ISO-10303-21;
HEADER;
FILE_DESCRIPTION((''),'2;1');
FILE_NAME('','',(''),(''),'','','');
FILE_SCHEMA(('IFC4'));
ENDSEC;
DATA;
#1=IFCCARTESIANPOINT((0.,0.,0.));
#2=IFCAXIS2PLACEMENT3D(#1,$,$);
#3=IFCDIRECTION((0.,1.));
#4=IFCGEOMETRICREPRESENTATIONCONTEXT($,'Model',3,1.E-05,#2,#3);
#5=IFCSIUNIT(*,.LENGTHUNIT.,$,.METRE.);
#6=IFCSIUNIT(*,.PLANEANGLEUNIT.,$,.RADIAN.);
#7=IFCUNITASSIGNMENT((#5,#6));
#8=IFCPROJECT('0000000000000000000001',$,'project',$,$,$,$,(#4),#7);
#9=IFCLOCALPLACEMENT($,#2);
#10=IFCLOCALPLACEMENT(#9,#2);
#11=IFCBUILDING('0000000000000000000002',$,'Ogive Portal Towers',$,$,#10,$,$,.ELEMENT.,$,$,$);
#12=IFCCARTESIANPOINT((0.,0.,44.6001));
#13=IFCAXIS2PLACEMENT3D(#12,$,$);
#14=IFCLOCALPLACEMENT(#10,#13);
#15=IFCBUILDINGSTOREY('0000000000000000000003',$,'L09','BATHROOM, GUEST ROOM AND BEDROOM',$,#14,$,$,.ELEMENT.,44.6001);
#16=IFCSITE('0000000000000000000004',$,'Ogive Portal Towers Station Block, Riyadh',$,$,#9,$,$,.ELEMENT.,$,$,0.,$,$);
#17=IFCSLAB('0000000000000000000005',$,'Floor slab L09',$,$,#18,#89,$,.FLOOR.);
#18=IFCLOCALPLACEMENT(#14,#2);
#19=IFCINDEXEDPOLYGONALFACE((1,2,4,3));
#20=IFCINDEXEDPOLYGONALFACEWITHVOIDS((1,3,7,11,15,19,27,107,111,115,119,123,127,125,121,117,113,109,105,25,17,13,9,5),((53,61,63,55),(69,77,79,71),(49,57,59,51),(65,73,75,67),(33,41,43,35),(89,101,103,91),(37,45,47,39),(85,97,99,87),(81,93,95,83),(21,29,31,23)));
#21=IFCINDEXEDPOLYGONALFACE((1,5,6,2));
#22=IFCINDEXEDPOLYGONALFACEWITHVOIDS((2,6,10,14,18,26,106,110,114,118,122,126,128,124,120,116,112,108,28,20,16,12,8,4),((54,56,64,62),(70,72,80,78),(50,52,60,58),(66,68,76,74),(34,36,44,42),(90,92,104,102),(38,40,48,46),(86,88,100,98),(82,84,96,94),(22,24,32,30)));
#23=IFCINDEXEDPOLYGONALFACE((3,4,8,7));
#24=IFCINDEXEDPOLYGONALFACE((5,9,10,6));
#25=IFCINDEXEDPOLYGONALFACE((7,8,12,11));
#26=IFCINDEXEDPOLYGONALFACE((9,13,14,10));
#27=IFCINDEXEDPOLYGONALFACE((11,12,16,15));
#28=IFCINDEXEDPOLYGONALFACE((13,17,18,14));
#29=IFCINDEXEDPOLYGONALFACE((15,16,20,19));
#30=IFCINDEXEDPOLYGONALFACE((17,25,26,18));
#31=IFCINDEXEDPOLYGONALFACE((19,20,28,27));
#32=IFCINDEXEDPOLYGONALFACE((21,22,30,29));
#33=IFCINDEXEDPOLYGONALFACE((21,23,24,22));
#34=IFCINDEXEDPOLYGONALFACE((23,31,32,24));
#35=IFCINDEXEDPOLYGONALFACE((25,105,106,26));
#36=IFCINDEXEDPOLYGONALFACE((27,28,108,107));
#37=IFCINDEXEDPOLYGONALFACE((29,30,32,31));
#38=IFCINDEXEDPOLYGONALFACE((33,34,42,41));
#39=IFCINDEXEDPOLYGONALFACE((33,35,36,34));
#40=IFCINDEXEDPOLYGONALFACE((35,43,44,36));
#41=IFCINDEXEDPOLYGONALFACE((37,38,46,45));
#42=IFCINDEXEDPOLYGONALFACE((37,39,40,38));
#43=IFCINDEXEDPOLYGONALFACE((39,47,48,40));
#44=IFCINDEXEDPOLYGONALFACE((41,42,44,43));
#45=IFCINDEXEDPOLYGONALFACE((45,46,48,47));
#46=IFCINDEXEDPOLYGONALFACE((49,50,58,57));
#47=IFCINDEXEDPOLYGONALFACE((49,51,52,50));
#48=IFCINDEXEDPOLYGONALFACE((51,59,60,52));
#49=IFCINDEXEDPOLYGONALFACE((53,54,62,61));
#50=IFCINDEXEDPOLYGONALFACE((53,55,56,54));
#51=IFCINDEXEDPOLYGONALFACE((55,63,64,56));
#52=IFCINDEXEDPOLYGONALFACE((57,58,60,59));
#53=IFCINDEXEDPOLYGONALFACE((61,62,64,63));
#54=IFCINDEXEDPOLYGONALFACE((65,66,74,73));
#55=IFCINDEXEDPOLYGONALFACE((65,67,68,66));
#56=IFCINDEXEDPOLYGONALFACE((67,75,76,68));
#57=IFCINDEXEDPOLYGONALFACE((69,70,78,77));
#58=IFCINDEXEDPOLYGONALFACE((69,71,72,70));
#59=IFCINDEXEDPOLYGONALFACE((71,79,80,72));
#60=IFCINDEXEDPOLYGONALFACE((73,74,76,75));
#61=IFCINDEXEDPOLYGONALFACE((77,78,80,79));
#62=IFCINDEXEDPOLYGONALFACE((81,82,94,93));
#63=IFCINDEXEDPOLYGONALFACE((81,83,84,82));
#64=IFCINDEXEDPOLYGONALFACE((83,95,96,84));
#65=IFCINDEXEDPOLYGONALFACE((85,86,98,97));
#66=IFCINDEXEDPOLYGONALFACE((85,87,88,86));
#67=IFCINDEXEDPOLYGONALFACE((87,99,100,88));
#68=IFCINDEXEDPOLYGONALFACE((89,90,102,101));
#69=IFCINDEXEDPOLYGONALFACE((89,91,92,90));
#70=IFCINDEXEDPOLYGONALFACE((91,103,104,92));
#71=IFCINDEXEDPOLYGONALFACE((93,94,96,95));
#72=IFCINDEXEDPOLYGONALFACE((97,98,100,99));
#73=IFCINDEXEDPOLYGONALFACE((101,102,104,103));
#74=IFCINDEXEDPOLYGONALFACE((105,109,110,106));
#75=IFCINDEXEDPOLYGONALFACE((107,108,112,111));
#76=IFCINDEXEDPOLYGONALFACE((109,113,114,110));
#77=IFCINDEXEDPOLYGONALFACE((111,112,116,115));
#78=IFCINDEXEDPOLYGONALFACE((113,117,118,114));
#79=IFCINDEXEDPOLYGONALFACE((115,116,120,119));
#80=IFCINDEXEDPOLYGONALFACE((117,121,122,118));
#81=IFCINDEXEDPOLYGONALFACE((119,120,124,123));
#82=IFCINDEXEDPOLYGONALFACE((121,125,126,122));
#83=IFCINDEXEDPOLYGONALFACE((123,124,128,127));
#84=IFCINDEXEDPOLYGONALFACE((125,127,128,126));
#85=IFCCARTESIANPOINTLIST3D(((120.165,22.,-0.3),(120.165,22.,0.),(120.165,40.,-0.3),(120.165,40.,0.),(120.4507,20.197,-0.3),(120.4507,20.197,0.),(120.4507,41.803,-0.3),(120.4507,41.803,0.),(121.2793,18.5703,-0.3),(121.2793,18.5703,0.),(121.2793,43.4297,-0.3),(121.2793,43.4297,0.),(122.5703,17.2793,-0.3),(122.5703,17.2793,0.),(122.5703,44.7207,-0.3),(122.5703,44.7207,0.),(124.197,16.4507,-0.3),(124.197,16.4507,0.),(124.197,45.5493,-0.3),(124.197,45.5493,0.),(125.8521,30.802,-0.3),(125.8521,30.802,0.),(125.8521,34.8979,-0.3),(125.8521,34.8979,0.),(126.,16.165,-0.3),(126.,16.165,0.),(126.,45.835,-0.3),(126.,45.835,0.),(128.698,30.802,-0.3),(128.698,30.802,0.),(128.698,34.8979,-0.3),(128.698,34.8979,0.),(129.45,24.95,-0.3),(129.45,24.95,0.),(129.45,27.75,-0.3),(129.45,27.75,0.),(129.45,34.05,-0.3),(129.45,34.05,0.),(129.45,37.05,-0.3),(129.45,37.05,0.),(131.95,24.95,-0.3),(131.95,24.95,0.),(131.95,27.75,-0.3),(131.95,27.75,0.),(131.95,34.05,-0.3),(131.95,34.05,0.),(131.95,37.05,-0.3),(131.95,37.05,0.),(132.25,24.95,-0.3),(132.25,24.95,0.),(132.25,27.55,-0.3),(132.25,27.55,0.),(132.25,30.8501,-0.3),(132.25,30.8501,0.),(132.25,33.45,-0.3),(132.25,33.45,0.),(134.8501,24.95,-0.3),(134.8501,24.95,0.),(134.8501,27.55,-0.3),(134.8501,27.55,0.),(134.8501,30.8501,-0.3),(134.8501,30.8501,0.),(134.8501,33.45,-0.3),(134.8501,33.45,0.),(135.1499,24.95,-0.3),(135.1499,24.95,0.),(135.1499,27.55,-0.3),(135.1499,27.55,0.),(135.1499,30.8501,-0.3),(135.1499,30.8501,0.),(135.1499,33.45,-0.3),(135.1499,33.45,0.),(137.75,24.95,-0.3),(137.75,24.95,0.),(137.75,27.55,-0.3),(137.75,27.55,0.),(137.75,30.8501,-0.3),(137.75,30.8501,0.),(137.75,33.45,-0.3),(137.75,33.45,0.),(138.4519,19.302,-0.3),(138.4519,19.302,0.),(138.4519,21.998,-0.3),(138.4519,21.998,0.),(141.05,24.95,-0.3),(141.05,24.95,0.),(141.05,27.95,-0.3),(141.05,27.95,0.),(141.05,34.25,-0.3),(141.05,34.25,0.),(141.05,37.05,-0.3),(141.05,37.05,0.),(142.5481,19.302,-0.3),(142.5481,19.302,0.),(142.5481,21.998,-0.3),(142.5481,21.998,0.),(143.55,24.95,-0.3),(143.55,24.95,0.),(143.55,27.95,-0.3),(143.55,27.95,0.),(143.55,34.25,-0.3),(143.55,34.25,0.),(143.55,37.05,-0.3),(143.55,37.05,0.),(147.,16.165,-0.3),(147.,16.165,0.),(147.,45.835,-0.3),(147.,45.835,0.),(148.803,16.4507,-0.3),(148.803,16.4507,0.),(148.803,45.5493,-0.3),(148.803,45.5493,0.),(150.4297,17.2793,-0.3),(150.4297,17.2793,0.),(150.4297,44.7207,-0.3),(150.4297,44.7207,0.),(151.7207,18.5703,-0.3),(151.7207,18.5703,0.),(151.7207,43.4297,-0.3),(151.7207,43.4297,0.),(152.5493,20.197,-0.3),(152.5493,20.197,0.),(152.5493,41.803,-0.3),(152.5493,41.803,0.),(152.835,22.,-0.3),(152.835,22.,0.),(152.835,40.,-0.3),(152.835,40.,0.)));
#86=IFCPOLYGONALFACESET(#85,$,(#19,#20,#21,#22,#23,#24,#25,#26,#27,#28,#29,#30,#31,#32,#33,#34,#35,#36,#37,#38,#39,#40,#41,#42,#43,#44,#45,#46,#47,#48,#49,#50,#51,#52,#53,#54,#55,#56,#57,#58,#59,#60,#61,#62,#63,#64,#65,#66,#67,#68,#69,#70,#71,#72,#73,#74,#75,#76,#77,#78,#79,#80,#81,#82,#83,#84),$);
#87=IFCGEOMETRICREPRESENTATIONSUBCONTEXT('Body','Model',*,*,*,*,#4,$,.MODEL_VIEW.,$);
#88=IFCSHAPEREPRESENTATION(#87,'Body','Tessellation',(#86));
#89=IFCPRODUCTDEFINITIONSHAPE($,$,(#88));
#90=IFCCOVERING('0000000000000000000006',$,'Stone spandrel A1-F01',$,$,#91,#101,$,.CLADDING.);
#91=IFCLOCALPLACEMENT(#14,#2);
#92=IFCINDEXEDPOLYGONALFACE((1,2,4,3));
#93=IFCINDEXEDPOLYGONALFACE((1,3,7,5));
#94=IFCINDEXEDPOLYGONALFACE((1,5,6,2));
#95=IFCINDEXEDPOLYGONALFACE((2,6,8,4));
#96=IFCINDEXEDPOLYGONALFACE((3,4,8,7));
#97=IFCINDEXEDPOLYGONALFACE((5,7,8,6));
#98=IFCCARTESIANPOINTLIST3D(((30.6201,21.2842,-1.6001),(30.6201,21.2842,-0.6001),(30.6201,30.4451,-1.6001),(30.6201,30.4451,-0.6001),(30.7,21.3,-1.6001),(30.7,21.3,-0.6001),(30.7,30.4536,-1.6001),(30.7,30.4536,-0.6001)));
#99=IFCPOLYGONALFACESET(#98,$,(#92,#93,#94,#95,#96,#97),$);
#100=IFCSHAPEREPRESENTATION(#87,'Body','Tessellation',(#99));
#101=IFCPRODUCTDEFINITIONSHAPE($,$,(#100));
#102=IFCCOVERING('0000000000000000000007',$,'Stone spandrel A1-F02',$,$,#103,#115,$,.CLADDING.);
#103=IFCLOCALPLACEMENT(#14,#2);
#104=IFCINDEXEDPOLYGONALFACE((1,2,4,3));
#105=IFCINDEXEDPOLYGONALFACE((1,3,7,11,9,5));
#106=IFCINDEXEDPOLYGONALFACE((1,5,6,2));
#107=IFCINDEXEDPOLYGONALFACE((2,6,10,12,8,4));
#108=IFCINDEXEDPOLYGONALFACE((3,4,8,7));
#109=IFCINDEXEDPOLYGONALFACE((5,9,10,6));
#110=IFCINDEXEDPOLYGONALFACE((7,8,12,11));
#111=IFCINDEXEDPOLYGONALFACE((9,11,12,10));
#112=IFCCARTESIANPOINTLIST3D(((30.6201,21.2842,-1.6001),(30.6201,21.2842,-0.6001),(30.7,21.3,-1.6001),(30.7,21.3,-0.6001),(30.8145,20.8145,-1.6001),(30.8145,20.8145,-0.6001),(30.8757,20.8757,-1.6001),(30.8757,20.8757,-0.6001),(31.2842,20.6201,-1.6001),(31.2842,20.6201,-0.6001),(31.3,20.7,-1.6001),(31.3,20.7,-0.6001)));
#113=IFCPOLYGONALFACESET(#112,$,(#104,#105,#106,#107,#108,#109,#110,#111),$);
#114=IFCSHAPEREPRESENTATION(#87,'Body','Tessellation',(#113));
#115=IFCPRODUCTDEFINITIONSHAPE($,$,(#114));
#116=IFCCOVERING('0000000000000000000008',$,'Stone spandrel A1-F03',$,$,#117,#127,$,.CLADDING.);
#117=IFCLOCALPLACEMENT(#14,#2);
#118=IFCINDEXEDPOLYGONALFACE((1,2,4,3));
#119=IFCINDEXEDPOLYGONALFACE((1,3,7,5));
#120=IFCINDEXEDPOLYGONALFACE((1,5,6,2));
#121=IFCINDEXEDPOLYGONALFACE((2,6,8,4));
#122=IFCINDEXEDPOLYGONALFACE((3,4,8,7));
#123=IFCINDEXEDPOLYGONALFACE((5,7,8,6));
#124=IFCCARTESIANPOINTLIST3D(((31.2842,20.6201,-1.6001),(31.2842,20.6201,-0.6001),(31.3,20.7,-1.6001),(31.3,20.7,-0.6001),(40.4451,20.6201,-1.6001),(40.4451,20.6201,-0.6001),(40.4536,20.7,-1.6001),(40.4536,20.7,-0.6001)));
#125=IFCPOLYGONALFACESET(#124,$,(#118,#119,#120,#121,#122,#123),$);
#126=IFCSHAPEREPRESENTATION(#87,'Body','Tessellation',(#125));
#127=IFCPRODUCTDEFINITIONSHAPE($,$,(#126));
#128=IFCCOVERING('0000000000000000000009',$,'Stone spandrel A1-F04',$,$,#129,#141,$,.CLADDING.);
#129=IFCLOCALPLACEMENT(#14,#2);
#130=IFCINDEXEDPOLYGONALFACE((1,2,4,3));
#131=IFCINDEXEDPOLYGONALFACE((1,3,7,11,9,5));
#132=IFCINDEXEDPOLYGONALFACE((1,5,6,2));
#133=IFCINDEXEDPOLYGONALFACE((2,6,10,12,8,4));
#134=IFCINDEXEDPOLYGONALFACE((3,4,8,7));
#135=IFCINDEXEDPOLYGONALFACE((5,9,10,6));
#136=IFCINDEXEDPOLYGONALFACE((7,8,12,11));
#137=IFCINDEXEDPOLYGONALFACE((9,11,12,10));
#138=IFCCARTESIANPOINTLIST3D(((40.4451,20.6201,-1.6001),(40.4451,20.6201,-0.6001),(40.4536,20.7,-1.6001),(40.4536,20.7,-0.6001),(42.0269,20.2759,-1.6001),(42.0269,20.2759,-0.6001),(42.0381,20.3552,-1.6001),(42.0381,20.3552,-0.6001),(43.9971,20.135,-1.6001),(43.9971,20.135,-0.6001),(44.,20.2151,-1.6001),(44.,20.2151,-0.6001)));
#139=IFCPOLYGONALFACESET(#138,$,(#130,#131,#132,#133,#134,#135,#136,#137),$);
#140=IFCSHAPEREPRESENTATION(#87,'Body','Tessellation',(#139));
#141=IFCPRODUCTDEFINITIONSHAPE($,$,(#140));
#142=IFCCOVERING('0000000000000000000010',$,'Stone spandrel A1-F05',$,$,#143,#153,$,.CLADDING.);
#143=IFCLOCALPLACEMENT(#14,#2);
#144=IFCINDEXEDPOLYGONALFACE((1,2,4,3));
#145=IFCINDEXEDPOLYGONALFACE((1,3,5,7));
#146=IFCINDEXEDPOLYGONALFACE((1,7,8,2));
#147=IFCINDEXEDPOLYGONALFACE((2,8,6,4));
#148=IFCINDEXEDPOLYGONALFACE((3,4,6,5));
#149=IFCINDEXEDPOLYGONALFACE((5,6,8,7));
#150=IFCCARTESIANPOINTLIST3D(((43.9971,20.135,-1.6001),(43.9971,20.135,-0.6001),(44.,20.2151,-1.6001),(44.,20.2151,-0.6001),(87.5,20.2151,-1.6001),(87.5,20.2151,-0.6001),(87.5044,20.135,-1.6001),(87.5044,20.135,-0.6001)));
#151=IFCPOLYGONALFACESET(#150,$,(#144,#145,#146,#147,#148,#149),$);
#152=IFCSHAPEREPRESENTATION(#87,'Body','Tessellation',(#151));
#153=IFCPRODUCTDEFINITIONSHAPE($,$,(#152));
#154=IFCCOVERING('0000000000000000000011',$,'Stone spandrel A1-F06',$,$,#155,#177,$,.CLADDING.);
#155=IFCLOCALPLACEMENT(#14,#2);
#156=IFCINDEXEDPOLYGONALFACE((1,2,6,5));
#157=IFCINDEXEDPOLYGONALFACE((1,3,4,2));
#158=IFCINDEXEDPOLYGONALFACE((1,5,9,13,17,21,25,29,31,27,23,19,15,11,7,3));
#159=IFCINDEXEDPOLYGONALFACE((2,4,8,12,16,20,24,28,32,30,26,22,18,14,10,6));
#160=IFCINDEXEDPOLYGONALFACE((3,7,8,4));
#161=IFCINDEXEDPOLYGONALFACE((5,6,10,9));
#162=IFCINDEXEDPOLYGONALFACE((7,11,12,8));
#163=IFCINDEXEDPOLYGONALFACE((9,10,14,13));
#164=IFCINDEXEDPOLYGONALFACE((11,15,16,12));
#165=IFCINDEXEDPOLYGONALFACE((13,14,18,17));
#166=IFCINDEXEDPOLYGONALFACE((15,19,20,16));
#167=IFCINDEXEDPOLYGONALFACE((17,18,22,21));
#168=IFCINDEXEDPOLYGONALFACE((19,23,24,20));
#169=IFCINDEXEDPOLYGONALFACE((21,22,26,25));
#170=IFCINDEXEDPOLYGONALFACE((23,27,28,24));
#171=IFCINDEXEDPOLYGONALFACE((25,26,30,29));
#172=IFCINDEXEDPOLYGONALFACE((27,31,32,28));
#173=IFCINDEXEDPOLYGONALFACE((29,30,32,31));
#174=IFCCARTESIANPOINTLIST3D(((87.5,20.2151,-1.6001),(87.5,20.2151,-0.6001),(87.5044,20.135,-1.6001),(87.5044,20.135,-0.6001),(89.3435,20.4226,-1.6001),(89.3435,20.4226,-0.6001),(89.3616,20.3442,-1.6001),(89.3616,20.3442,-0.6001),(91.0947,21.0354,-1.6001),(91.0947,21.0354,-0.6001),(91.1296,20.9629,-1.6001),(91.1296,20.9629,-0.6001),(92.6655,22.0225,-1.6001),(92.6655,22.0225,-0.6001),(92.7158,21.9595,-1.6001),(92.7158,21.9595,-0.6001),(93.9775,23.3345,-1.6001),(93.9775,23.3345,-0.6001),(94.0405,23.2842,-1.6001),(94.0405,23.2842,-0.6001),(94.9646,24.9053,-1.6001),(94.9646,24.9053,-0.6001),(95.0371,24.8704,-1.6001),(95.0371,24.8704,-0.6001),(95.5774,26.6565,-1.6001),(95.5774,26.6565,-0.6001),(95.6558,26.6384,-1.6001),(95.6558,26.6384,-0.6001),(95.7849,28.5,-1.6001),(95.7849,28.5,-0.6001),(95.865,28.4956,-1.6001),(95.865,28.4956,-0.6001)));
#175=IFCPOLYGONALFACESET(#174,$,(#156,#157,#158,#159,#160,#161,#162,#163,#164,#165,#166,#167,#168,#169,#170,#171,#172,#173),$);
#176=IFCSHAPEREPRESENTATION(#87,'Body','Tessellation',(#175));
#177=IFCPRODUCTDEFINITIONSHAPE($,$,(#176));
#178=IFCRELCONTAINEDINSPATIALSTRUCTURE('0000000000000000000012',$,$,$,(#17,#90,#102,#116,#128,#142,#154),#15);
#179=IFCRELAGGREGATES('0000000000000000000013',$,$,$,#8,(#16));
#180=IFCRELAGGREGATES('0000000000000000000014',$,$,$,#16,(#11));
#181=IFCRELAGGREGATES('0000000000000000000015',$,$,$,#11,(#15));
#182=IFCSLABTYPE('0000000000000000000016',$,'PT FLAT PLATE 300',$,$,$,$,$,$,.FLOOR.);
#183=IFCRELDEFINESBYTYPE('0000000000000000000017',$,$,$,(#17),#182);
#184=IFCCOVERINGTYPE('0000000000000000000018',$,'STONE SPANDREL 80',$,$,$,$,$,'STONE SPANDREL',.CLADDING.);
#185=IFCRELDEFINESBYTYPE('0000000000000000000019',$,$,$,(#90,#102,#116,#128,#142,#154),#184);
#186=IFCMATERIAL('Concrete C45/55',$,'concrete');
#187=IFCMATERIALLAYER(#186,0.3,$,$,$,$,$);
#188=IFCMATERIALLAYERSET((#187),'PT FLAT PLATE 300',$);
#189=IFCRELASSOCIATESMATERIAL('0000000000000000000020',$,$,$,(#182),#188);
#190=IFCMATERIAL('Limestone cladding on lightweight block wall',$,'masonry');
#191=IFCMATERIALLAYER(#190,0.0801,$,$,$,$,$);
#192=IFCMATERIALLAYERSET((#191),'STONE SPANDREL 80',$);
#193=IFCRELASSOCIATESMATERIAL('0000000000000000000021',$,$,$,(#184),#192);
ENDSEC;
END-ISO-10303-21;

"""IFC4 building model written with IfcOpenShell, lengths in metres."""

from ifc_helpers import new_model, si_unit, direction, frame, origin, place, context, subcontext, project, spatial, polyline, outline, extrude, material, layer, layer_set, type_object, element, save


model = new_model("IFC4")

# Units and contexts
model_context = context("Model", 3, precision=1e-05, world=origin(), true_north=direction((0.0, 1.0)))
body_context = subcontext(model_context, "Body", "Model", "MODEL_VIEW")
ifc_project = project(units=[si_unit("LENGTHUNIT", "METRE"), si_unit("PLANEANGLEUNIT", "RADIAN")], contexts=[model_context])

# Site, building, storey
site_placement = place(None, origin())
site = spatial("IfcSite", under=ifc_project, at=site_placement, Name="Ogive Portal Towers Station Block, Riyadh", CompositionType="ELEMENT", RefElevation=0.0)
building_placement = place(site_placement, origin())
building = spatial("IfcBuilding", under=site, at=building_placement, Name="Ogive Portal Towers", CompositionType="ELEMENT")
storey_placement = place(building_placement, frame((0.0, 0.0, 44.6001)))
storey = spatial("IfcBuildingStorey", under=building, at=storey_placement, Name="L09", Description="BATHROOM, GUEST ROOM AND BEDROOM", CompositionType="ELEMENT", Elevation=44.6001)

# Slab
ifc_material_1 = material(Name="Concrete C45/55", Category="concrete")
ifc_layer_1 = layer(ifc_material_1, 0.3)
ifc_layer_set_1 = layer_set([ifc_layer_1], Name="PT FLAT PLATE 300")
slab_type = type_object("IfcSlabType", Name="PT FLAT PLATE 300", PredefinedType="FLOOR", material=ifc_layer_set_1)
slab_1_placement = place(storey_placement, frame((0.0, 0.0, -0.3)))
element("IfcSlab", 1, at=slab_1_placement, inside=storey, type_object=slab_type, Name="Floor slab L09", PredefinedType="FLOOR", context=body_context, shape_type="SweptSolid", body=[
    extrude(outline(polyline([(120.165, 40.0), (120.165, 22.0), (120.4507, 20.197), (121.2793, 18.5703), (122.5703, 17.2793), (124.197, 16.4507), (126.0, 16.165), (147.0, 16.165), (148.803, 16.4507), (150.4297, 17.2793), (151.7207, 18.5703), (152.5493, 20.197), (152.835, 22.0), (152.835, 40.0), (152.5493, 41.803), (151.7207, 43.4297), (150.4297, 44.7207), (148.803, 45.5493), (147.0, 45.835), (126.0, 45.835), (124.197, 45.5493), (122.5703, 44.7207), (121.2793, 43.4297), (120.4507, 41.803), (120.165, 40.0)]), holes=[polyline([(131.95, 27.75), (131.95, 24.95), (129.45, 24.95), (129.45, 27.75), (131.95, 27.75)]), polyline([(128.698, 34.8979), (128.698, 30.802), (125.8521, 30.802), (125.8521, 34.8979), (128.698, 34.8979)]), polyline([(131.95, 37.05), (131.95, 34.05), (129.45, 34.05), (129.45, 37.05), (131.95, 37.05)]), polyline([(138.4519, 21.998), (142.5481, 21.998), (142.5481, 19.302), (138.4519, 19.302), (138.4519, 21.998)]), polyline([(134.8501, 27.55), (134.8501, 24.95), (132.25, 24.95), (132.25, 27.55), (134.8501, 27.55)]), polyline([(137.75, 27.55), (137.75, 24.95), (135.1499, 24.95), (135.1499, 27.55), (137.75, 27.55)]), polyline([(143.55, 27.95), (143.55, 24.95), (141.05, 24.95), (141.05, 27.95), (143.55, 27.95)]), polyline([(134.8501, 33.45), (134.8501, 30.8501), (132.25, 30.8501), (132.25, 33.45), (134.8501, 33.45)]), polyline([(137.75, 33.45), (137.75, 30.8501), (135.1499, 30.8501), (135.1499, 33.45), (137.75, 33.45)]), polyline([(141.05, 37.05), (143.55, 37.05), (143.55, 34.25), (141.05, 34.25), (141.05, 37.05)])]), origin(), (0.0, 0.0, 1.0), 0.3),
])

# Coverings
ifc_material_2 = material(Name="Limestone cladding on lightweight block wall", Category="masonry")
ifc_layer_2 = layer(ifc_material_2, 0.0801)
ifc_layer_set_2 = layer_set([ifc_layer_2], Name="STONE SPANDREL 80")
covering_type_1 = type_object("IfcCoveringType", Name="STONE SPANDREL 80", ElementType="STONE SPANDREL", PredefinedType="CLADDING", material=ifc_layer_set_2)
covering_1_placement = place(storey_placement, frame((0.0, 0.0, -1.6001)))
element("IfcCovering", 2, at=covering_1_placement, inside=storey, type_object=covering_type_1, Name="Stone spandrel A1-F01", PredefinedType="CLADDING", context=body_context, shape_type="SweptSolid", body=[
    extrude(outline(polyline([(30.7, 30.4536), (30.7, 21.3), (30.6201, 21.2842), (30.6201, 30.4451), (30.7, 30.4536)])), origin(), (0.0, 0.0, 1.0), 1.0),
])
covering_2_placement = place(storey_placement, frame((0.0, 0.0, -1.6001)))
element("IfcCovering", 3, at=covering_2_placement, inside=storey, type_object=covering_type_1, Name="Stone spandrel A1-F02", PredefinedType="CLADDING", context=body_context, shape_type="SweptSolid", body=[
    extrude(outline(polyline([(30.7, 21.3), (30.8757, 20.8757), (31.3, 20.7), (31.2842, 20.6201), (30.8145, 20.8145), (30.6201, 21.2842), (30.7, 21.3)])), origin(), (0.0, 0.0, 1.0), 1.0),
])
covering_3_placement = place(storey_placement, frame((0.0, 0.0, -1.6001)))
element("IfcCovering", 4, at=covering_3_placement, inside=storey, type_object=covering_type_1, Name="Stone spandrel A1-F03", PredefinedType="CLADDING", context=body_context, shape_type="SweptSolid", body=[
    extrude(outline(polyline([(31.3, 20.7), (40.4536, 20.7), (40.4451, 20.6201), (31.2842, 20.6201), (31.3, 20.7)])), origin(), (0.0, 0.0, 1.0), 1.0),
])
covering_4_placement = place(storey_placement, frame((0.0, 0.0, -1.6001)))
element("IfcCovering", 5, at=covering_4_placement, inside=storey, type_object=covering_type_1, Name="Stone spandrel A1-F04", PredefinedType="CLADDING", context=body_context, shape_type="SweptSolid", body=[
    extrude(outline(polyline([(40.4536, 20.7), (42.0381, 20.3552), (44.0, 20.2151), (43.9971, 20.135), (42.0269, 20.2759), (40.4451, 20.6201), (40.4536, 20.7)])), origin(), (0.0, 0.0, 1.0), 1.0),
])
covering_5_placement = place(storey_placement, frame((0.0, 0.0, -1.6001)))
element("IfcCovering", 6, at=covering_5_placement, inside=storey, type_object=covering_type_1, Name="Stone spandrel A1-F05", PredefinedType="CLADDING", context=body_context, shape_type="SweptSolid", body=[
    extrude(outline(polyline([(44.0, 20.2151), (87.5, 20.2151), (87.5044, 20.135), (43.9971, 20.135), (44.0, 20.2151)])), origin(), (0.0, 0.0, 1.0), 1.0),
])
covering_6_placement = place(storey_placement, frame((0.0, 0.0, -1.6001)))
element("IfcCovering", 7, at=covering_6_placement, inside=storey, type_object=covering_type_1, Name="Stone spandrel A1-F06", PredefinedType="CLADDING", context=body_context, shape_type="SweptSolid", body=[
    extrude(outline(polyline([(87.5, 20.2151), (89.3435, 20.4226), (91.0947, 21.0354), (92.6655, 22.0225), (93.9775, 23.3345), (94.9646, 24.9053), (95.5774, 26.6565), (95.7849, 28.5), (95.865, 28.4956), (95.6558, 26.6384), (95.0371, 24.8704), (94.0405, 23.2842), (92.7158, 21.9595), (91.1296, 20.9629), (89.3616, 20.3442), (87.5044, 20.135), (87.5, 20.2151)])), origin(), (0.0, 0.0, 1.0), 1.0),
])

save(model, "model.ifc")
